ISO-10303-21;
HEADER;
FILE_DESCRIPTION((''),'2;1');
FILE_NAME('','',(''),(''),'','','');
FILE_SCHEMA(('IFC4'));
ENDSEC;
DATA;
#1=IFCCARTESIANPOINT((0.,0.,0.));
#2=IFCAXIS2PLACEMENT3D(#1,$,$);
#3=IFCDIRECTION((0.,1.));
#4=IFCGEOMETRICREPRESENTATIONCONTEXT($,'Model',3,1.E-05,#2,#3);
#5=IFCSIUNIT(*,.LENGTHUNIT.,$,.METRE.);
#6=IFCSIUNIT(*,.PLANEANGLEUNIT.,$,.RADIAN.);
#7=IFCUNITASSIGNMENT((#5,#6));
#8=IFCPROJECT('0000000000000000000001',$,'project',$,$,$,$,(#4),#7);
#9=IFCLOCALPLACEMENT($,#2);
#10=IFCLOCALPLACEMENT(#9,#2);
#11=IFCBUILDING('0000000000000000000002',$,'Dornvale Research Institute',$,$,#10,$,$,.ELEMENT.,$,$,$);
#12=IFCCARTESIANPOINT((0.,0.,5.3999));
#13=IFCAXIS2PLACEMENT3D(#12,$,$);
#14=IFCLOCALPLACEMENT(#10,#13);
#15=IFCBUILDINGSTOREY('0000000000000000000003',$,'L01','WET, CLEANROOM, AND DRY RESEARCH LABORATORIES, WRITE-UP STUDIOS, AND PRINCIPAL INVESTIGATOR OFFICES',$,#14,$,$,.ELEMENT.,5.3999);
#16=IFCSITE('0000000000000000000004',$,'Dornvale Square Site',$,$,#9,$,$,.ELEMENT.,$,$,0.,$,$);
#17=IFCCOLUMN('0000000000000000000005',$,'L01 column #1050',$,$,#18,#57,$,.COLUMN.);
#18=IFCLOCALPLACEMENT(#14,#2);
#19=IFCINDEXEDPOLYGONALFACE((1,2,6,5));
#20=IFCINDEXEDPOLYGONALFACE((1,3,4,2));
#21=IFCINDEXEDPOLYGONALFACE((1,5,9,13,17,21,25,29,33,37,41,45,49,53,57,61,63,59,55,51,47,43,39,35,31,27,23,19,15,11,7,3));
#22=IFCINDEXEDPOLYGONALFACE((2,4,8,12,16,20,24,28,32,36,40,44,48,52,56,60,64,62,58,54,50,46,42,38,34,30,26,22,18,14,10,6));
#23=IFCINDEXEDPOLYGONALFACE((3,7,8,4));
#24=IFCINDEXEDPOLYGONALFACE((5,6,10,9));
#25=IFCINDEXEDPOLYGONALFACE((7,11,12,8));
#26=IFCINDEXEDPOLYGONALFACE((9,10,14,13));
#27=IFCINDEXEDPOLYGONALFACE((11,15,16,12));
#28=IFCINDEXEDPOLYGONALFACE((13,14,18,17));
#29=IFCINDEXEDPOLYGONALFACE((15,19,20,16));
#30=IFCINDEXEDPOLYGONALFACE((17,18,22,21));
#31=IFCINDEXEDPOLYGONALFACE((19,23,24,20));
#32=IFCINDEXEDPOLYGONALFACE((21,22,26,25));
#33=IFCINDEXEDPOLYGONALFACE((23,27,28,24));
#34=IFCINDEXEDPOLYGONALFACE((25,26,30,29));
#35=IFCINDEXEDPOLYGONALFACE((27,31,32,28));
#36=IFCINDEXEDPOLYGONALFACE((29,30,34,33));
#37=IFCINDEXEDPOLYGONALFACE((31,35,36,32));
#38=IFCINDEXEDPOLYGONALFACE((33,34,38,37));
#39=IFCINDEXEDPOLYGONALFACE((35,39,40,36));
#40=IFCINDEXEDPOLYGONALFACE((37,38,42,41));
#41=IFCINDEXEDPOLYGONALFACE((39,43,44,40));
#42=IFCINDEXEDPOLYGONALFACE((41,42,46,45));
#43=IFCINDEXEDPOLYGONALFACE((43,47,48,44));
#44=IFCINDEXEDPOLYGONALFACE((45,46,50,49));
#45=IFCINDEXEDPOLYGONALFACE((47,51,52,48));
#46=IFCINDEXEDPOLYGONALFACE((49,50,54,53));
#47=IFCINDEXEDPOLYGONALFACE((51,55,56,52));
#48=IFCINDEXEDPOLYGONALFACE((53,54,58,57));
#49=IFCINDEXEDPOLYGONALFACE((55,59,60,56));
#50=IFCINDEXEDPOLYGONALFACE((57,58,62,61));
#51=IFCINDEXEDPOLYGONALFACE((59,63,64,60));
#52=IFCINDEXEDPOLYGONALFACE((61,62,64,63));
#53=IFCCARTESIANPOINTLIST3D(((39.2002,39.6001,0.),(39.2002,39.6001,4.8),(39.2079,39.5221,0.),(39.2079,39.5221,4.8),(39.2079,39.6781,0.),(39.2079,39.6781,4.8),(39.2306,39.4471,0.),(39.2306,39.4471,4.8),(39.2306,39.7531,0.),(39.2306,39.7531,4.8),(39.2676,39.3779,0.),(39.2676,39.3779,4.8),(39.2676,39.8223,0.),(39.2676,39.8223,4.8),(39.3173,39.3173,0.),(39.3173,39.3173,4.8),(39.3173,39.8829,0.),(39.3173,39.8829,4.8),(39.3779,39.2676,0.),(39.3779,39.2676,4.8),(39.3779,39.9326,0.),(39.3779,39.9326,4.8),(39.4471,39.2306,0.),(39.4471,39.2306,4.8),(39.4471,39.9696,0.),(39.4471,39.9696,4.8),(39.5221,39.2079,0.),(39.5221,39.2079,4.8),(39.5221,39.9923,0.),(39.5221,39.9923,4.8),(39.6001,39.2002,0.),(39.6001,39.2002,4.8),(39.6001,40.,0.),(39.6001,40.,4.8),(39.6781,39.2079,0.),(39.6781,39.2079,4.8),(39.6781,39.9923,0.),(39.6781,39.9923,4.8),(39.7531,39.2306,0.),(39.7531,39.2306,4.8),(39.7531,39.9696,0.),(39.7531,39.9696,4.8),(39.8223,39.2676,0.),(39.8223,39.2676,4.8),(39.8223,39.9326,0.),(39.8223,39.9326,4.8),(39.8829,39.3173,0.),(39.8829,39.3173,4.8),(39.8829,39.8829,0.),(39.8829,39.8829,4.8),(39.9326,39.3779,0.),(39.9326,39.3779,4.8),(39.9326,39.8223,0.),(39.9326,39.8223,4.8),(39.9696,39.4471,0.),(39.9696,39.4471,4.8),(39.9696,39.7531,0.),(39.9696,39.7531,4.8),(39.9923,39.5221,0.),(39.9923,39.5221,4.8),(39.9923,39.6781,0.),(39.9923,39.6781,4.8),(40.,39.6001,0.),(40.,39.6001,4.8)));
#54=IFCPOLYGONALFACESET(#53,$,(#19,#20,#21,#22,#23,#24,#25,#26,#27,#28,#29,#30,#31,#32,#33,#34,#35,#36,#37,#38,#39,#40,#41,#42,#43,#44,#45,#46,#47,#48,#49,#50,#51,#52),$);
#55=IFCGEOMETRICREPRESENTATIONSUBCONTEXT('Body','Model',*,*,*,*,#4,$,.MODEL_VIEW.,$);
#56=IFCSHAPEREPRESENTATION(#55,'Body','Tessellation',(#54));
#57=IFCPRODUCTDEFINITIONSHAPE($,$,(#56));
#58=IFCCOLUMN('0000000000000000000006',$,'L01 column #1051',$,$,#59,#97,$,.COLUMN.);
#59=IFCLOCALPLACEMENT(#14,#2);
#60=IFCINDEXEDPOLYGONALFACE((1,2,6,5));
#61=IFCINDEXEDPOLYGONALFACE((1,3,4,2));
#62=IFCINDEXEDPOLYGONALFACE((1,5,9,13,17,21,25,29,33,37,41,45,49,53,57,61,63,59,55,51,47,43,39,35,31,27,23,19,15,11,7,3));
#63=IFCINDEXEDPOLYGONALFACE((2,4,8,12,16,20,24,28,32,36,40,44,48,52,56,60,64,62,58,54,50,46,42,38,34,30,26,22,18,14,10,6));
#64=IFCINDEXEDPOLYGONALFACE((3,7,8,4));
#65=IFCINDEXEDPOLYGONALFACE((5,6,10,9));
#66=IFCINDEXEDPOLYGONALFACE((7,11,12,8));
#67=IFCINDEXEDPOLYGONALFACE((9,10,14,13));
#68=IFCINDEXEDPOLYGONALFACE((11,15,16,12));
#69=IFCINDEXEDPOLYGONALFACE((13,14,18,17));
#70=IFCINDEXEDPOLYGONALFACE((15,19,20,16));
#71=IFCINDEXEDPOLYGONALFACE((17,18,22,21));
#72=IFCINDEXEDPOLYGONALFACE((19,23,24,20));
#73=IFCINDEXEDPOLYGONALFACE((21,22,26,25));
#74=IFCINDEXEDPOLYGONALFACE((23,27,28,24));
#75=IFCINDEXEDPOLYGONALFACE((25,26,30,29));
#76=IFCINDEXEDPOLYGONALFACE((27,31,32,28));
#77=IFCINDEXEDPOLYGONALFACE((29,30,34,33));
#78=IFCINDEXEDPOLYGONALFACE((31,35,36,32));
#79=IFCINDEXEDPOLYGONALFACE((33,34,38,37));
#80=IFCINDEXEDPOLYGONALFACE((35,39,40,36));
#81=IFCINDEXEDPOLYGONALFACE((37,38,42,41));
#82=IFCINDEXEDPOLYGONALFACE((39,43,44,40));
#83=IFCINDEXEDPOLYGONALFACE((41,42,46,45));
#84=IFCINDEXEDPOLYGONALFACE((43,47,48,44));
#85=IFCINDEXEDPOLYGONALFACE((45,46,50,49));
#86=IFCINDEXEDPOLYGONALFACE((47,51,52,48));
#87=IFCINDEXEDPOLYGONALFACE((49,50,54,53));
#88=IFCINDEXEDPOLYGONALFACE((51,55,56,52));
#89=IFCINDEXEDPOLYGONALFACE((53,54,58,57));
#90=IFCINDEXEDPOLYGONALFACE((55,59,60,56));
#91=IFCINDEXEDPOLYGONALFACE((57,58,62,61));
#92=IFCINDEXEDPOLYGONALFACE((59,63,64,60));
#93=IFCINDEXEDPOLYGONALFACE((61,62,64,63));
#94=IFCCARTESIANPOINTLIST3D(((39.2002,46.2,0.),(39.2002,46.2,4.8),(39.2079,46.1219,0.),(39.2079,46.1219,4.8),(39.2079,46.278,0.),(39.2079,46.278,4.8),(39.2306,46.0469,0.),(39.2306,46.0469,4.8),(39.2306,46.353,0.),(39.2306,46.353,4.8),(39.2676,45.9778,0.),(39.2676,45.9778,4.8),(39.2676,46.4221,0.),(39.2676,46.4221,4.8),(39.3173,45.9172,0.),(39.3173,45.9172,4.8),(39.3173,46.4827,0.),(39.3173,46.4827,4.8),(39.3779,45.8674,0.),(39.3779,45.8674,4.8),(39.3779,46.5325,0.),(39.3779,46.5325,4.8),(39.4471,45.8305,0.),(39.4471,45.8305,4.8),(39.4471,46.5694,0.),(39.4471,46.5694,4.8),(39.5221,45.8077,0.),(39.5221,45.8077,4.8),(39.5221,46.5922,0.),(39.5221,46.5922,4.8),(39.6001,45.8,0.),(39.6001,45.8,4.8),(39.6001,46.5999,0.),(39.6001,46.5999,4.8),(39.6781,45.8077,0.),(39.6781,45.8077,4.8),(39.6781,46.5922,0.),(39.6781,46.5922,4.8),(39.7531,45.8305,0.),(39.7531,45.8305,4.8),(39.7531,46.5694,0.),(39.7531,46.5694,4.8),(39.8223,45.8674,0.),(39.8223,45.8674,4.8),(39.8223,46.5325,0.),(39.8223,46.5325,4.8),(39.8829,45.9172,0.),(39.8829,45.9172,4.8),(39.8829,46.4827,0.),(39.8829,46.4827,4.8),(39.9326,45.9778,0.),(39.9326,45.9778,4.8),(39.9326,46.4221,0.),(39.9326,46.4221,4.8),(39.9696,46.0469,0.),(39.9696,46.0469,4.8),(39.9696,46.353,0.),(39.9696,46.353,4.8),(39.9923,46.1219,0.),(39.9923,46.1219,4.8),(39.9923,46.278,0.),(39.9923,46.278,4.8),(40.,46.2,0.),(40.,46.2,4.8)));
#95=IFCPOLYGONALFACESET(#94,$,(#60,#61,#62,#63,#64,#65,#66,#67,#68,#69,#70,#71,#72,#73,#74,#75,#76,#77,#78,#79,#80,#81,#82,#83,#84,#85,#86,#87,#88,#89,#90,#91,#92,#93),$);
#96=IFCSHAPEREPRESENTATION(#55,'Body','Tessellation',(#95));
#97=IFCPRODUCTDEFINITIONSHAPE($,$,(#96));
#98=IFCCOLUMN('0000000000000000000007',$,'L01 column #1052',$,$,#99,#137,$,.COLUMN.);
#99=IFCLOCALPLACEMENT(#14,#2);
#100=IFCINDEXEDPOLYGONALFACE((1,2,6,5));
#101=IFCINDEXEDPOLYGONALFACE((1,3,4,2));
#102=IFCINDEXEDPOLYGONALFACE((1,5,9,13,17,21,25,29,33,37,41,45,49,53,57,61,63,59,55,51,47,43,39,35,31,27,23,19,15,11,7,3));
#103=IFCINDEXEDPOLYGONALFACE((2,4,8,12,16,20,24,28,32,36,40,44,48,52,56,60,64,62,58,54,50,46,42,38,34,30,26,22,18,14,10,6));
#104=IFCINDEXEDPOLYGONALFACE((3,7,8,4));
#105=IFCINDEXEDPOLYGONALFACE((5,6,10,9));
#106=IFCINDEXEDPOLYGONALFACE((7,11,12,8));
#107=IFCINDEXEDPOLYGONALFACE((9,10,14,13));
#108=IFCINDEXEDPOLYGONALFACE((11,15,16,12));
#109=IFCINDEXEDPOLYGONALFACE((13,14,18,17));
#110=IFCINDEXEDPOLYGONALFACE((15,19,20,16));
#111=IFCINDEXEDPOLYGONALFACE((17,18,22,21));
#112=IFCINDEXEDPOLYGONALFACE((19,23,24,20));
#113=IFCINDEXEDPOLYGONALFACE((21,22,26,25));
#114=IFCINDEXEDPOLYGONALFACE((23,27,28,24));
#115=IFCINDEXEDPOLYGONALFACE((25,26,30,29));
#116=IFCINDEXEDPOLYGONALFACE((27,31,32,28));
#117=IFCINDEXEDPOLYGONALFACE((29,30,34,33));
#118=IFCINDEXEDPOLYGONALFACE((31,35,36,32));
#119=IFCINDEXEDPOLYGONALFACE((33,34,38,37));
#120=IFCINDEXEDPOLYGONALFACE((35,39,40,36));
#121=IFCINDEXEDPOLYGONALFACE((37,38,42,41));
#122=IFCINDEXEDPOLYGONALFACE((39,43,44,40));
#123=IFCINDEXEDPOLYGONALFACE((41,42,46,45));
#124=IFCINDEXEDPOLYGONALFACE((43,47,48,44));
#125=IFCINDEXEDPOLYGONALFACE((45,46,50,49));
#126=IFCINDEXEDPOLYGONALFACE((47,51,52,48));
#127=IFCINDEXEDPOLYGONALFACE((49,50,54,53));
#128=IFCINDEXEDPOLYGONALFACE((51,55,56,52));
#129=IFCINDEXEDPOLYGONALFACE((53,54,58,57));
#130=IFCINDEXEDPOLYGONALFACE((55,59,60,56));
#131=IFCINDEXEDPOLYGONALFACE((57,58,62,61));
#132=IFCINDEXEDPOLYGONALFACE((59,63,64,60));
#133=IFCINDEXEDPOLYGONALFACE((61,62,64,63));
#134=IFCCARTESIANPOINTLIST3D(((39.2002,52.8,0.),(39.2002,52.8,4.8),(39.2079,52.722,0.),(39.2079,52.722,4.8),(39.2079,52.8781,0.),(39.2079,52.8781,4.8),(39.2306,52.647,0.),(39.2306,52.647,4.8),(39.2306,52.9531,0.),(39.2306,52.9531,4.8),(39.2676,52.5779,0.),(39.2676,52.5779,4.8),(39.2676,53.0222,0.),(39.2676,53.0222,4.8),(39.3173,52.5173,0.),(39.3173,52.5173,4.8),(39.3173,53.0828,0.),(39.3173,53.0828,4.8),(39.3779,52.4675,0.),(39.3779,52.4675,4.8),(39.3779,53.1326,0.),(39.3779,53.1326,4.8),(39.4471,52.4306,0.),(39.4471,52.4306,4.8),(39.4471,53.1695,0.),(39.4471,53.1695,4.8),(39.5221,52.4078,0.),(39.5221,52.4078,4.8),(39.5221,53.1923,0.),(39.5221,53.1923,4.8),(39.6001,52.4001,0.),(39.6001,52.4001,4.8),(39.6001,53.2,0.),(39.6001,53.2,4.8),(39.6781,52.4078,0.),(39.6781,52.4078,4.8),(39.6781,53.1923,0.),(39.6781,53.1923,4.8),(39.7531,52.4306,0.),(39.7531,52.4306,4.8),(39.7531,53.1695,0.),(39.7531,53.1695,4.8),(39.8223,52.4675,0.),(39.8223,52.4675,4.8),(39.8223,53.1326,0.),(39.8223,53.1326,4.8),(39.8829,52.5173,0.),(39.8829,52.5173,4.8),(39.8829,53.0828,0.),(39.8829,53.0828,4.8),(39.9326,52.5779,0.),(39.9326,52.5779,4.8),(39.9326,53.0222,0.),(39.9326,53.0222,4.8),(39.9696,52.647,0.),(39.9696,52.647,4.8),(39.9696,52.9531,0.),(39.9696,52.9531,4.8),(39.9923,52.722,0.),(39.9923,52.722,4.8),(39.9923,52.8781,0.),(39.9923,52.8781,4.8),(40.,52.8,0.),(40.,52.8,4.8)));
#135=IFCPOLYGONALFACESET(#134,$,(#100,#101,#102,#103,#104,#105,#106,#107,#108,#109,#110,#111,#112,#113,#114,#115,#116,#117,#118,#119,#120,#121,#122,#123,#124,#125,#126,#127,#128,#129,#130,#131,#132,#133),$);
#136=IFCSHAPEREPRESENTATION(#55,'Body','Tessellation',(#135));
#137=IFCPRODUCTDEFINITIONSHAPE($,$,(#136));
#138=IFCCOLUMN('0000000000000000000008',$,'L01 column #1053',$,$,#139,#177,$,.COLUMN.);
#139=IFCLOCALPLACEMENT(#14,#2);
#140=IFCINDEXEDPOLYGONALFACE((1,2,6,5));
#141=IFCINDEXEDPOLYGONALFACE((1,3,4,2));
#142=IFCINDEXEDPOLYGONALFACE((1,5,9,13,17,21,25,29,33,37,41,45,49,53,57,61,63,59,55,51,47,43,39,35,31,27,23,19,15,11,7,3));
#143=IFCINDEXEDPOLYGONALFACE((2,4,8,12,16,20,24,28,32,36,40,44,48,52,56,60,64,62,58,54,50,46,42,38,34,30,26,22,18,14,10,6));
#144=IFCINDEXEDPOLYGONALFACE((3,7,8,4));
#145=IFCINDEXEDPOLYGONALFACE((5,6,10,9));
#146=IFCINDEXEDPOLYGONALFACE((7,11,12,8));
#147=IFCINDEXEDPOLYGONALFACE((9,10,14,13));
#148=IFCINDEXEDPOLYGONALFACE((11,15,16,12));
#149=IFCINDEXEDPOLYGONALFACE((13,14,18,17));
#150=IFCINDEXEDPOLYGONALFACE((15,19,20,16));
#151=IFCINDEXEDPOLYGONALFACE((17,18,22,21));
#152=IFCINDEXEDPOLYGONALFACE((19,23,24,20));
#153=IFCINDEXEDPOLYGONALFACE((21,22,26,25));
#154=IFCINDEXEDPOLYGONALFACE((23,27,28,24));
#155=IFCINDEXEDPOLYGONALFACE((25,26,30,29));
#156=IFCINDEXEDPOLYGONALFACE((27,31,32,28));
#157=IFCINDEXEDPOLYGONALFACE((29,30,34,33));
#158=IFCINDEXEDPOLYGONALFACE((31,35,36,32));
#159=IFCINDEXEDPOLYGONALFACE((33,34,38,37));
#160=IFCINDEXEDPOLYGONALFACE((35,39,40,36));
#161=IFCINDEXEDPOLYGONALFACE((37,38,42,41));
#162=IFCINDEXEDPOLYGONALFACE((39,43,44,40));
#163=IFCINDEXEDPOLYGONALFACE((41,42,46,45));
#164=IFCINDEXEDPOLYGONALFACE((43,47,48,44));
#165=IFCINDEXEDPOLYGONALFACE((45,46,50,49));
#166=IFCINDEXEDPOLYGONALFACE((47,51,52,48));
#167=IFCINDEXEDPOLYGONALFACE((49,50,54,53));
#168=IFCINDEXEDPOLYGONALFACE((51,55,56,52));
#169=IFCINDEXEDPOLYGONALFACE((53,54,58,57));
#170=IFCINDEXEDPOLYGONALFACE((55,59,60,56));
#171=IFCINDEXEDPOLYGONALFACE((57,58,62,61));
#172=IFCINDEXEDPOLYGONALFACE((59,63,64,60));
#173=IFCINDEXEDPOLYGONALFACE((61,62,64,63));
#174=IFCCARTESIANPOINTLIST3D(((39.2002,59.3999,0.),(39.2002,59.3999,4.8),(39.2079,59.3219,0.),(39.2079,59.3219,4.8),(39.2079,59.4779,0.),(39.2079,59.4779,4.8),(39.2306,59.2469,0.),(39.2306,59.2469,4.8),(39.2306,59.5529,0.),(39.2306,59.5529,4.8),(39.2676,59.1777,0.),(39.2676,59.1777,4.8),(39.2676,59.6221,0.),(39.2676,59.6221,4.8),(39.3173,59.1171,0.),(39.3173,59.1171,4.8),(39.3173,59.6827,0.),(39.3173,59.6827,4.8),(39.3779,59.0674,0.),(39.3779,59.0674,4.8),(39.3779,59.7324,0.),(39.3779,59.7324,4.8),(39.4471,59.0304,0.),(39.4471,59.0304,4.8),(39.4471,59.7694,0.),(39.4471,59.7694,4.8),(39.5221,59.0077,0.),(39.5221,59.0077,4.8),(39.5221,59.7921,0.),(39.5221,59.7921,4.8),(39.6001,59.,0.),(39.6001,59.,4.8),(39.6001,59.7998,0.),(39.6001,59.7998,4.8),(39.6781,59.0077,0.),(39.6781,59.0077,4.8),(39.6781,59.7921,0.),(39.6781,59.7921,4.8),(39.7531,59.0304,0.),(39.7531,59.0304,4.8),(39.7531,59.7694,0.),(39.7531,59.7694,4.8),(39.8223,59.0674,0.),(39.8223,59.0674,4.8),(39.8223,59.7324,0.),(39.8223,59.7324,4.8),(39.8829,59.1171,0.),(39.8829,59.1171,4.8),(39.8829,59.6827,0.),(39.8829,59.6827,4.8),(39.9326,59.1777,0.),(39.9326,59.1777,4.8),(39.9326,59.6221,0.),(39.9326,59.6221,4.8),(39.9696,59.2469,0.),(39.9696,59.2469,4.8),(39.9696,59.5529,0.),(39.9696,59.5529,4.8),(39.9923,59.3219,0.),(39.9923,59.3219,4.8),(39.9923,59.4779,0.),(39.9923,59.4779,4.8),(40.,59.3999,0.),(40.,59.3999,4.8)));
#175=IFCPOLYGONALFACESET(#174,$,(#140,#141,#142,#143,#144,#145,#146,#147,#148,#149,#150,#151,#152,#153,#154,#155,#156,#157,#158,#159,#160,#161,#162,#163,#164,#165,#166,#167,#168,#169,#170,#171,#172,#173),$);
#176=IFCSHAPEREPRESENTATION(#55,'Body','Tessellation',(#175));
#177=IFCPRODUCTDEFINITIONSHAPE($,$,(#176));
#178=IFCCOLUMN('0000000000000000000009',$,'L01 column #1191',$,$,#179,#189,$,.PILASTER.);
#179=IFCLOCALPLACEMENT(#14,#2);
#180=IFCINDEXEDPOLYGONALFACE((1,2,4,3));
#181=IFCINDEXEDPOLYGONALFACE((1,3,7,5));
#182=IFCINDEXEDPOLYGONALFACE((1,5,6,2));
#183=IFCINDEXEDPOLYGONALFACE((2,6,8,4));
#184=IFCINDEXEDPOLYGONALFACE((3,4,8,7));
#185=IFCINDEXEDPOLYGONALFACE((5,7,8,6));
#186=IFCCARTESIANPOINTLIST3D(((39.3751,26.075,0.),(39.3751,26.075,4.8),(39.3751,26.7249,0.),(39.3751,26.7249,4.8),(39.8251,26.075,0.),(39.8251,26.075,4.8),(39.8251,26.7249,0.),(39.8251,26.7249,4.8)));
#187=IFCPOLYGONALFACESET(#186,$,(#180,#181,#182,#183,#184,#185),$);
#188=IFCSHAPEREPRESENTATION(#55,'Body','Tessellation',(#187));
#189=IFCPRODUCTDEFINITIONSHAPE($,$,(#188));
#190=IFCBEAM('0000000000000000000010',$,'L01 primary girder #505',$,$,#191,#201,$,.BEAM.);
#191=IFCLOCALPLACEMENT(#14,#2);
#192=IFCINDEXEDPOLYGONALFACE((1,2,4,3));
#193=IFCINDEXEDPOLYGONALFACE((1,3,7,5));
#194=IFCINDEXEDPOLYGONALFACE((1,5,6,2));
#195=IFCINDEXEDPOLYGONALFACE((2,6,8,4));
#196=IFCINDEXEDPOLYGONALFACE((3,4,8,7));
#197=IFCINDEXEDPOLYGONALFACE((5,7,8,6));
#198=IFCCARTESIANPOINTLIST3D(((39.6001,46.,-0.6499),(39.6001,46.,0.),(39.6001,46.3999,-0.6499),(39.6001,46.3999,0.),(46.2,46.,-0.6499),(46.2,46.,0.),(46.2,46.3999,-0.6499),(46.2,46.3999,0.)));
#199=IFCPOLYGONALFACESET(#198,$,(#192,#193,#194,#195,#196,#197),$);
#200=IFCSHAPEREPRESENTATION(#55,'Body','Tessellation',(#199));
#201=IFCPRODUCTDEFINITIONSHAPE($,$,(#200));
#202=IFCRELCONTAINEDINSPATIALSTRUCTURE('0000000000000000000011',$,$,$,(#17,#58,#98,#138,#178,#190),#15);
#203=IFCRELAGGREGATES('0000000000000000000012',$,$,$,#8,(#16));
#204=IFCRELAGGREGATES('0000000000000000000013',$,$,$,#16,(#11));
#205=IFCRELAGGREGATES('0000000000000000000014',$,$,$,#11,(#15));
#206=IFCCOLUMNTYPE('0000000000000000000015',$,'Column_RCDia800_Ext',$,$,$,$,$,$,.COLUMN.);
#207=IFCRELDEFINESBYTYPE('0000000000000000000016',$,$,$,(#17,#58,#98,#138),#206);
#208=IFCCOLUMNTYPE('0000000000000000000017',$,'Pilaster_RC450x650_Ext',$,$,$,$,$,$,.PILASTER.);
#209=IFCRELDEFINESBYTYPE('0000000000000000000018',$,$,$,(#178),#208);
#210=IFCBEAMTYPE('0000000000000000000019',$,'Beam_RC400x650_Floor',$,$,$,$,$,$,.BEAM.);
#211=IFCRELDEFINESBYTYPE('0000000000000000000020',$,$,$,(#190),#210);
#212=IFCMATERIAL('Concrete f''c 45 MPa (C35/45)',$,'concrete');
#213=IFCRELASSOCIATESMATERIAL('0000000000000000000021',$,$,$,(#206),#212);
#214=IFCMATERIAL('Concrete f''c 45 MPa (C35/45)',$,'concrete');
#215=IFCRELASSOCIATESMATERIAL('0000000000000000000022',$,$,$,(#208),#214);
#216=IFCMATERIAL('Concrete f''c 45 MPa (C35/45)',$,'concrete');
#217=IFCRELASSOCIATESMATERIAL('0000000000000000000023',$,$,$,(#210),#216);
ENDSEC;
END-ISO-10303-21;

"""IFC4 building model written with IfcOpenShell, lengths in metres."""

from ifc_helpers import new_model, si_unit, direction, frame, origin, origin_2d, place, context, subcontext, project, spatial, rectangle, circle, extrude, material, material_profile, profile_set, type_object, element, save


model = new_model("IFC4")

# Units and contexts
model_context = context("Model", 3, precision=1e-05, world=origin(), true_north=direction((0.0, 1.0)))
body_context = subcontext(model_context, "Body", "Model", "MODEL_VIEW")
ifc_project = project(units=[si_unit("LENGTHUNIT", "METRE"), si_unit("PLANEANGLEUNIT", "RADIAN")], contexts=[model_context])

# Site, building, storey
site_placement = place(None, origin())
site = spatial("IfcSite", under=ifc_project, at=site_placement, Name="Dornvale Square Site", CompositionType="ELEMENT", RefElevation=0.0)
building_placement = place(site_placement, origin())
building = spatial("IfcBuilding", under=site, at=building_placement, Name="Dornvale Research Institute", CompositionType="ELEMENT")
storey_placement = place(building_placement, frame((0.0, 0.0, 5.3999)))
storey = spatial("IfcBuildingStorey", under=building, at=storey_placement, Name="L01", Description="WET, CLEANROOM, AND DRY RESEARCH LABORATORIES, WRITE-UP STUDIOS, AND PRINCIPAL INVESTIGATOR OFFICES", CompositionType="ELEMENT", Elevation=5.3999)

# Columns
ifc_material_1 = material(Name="Concrete f'c 45 MPa (C35/45)", Category="concrete")
ifc_material_profile_1 = material_profile(ifc_material_1, circle(Radius=0.3999, at=origin_2d()), Name="RC DIA 800")
ifc_profile_set_1 = profile_set([ifc_material_profile_1], Name="Concrete f'c 45 MPa (C35/45)")
column_type_1 = type_object("IfcColumnType", Name="Column_RCDia800_Ext", PredefinedType="COLUMN", material=ifc_profile_set_1)
for number, where, z_axis, x_axis, name in (
    (1, (39.6001, 39.6001, 0.0), (0.0, 0.0, 1.0), (1.0, 0.0, 0.0), "L01 column #1050"),
    (2, (39.6001, 46.2, 0.0), (0.0, 0.0, 1.0), (1.0, 0.0, 0.0), "L01 column #1051"),
    (3, (39.6001, 52.8, 0.0), (0.0, 0.0, 1.0), (1.0, 0.0, 0.0), "L01 column #1052"),
    (4, (39.6001, 59.3999, 0.0), (0.0, 0.0, 1.0), (1.0, 0.0, 0.0), "L01 column #1053"),
):
    element("IfcColumn", number, at=place(storey_placement, frame(where, z_axis=z_axis, x_axis=x_axis)), inside=storey, type_object=column_type_1, Name=name, PredefinedType="COLUMN", context=body_context, shape_type="SweptSolid", body=[
        extrude(circle(Radius=0.3999, at=origin_2d()), origin(), (0.0, 0.0, 1.0), 4.8),
    ])
ifc_material_2 = material(Name="Concrete f'c 45 MPa (C35/45)", Category="concrete")
ifc_material_profile_2 = material_profile(ifc_material_2, rectangle(XDim=0.45, YDim=0.6499, at=origin_2d()), Name="RC 450x650")
ifc_profile_set_2 = profile_set([ifc_material_profile_2], Name="Concrete f'c 45 MPa (C35/45)")
column_type_2 = type_object("IfcColumnType", Name="Pilaster_RC450x650_Ext", PredefinedType="PILASTER", material=ifc_profile_set_2)
column_placement = place(storey_placement, frame((39.6001, 26.3999, 0.0), z_axis=(0.0, 0.0, 1.0), x_axis=(1.0, 0.0, 0.0)))
element("IfcColumn", 5, at=column_placement, inside=storey, type_object=column_type_2, Name="L01 column #1191", PredefinedType="PILASTER", context=body_context, shape_type="SweptSolid", body=[
    extrude(rectangle(XDim=0.45, YDim=0.6499, at=origin_2d()), origin(), (0.0, 0.0, 1.0), 4.8),
])

# Beam
ifc_material_3 = material(Name="Concrete f'c 45 MPa (C35/45)", Category="concrete")
ifc_material_profile_3 = material_profile(ifc_material_3, rectangle(XDim=0.3999, YDim=0.6499, at=origin_2d()), Name="RC 400x650")
ifc_profile_set_3 = profile_set([ifc_material_profile_3], Name="Concrete f'c 45 MPa (C35/45)")
beam_type_1 = type_object("IfcBeamType", Name="Beam_RC400x650_Floor", PredefinedType="BEAM", material=ifc_profile_set_3)
for number, where, z_axis, x_axis, name in (
    (6, (39.6001, 46.2, -0.325), (1.0, 0.0, 0.0), (0.0, 1.0, 0.0), "L01 primary girder #505"),
):
    element("IfcBeam", number, at=place(storey_placement, frame(where, z_axis=z_axis, x_axis=x_axis)), inside=storey, type_object=beam_type_1, Name=name, PredefinedType="BEAM", context=body_context, shape_type="SweptSolid", body=[
        extrude(rectangle(XDim=0.3999, YDim=0.6499, at=origin_2d()), origin(), (0.0, 0.0, 1.0), 6.5999),
    ])

save(model, "model.ifc")
